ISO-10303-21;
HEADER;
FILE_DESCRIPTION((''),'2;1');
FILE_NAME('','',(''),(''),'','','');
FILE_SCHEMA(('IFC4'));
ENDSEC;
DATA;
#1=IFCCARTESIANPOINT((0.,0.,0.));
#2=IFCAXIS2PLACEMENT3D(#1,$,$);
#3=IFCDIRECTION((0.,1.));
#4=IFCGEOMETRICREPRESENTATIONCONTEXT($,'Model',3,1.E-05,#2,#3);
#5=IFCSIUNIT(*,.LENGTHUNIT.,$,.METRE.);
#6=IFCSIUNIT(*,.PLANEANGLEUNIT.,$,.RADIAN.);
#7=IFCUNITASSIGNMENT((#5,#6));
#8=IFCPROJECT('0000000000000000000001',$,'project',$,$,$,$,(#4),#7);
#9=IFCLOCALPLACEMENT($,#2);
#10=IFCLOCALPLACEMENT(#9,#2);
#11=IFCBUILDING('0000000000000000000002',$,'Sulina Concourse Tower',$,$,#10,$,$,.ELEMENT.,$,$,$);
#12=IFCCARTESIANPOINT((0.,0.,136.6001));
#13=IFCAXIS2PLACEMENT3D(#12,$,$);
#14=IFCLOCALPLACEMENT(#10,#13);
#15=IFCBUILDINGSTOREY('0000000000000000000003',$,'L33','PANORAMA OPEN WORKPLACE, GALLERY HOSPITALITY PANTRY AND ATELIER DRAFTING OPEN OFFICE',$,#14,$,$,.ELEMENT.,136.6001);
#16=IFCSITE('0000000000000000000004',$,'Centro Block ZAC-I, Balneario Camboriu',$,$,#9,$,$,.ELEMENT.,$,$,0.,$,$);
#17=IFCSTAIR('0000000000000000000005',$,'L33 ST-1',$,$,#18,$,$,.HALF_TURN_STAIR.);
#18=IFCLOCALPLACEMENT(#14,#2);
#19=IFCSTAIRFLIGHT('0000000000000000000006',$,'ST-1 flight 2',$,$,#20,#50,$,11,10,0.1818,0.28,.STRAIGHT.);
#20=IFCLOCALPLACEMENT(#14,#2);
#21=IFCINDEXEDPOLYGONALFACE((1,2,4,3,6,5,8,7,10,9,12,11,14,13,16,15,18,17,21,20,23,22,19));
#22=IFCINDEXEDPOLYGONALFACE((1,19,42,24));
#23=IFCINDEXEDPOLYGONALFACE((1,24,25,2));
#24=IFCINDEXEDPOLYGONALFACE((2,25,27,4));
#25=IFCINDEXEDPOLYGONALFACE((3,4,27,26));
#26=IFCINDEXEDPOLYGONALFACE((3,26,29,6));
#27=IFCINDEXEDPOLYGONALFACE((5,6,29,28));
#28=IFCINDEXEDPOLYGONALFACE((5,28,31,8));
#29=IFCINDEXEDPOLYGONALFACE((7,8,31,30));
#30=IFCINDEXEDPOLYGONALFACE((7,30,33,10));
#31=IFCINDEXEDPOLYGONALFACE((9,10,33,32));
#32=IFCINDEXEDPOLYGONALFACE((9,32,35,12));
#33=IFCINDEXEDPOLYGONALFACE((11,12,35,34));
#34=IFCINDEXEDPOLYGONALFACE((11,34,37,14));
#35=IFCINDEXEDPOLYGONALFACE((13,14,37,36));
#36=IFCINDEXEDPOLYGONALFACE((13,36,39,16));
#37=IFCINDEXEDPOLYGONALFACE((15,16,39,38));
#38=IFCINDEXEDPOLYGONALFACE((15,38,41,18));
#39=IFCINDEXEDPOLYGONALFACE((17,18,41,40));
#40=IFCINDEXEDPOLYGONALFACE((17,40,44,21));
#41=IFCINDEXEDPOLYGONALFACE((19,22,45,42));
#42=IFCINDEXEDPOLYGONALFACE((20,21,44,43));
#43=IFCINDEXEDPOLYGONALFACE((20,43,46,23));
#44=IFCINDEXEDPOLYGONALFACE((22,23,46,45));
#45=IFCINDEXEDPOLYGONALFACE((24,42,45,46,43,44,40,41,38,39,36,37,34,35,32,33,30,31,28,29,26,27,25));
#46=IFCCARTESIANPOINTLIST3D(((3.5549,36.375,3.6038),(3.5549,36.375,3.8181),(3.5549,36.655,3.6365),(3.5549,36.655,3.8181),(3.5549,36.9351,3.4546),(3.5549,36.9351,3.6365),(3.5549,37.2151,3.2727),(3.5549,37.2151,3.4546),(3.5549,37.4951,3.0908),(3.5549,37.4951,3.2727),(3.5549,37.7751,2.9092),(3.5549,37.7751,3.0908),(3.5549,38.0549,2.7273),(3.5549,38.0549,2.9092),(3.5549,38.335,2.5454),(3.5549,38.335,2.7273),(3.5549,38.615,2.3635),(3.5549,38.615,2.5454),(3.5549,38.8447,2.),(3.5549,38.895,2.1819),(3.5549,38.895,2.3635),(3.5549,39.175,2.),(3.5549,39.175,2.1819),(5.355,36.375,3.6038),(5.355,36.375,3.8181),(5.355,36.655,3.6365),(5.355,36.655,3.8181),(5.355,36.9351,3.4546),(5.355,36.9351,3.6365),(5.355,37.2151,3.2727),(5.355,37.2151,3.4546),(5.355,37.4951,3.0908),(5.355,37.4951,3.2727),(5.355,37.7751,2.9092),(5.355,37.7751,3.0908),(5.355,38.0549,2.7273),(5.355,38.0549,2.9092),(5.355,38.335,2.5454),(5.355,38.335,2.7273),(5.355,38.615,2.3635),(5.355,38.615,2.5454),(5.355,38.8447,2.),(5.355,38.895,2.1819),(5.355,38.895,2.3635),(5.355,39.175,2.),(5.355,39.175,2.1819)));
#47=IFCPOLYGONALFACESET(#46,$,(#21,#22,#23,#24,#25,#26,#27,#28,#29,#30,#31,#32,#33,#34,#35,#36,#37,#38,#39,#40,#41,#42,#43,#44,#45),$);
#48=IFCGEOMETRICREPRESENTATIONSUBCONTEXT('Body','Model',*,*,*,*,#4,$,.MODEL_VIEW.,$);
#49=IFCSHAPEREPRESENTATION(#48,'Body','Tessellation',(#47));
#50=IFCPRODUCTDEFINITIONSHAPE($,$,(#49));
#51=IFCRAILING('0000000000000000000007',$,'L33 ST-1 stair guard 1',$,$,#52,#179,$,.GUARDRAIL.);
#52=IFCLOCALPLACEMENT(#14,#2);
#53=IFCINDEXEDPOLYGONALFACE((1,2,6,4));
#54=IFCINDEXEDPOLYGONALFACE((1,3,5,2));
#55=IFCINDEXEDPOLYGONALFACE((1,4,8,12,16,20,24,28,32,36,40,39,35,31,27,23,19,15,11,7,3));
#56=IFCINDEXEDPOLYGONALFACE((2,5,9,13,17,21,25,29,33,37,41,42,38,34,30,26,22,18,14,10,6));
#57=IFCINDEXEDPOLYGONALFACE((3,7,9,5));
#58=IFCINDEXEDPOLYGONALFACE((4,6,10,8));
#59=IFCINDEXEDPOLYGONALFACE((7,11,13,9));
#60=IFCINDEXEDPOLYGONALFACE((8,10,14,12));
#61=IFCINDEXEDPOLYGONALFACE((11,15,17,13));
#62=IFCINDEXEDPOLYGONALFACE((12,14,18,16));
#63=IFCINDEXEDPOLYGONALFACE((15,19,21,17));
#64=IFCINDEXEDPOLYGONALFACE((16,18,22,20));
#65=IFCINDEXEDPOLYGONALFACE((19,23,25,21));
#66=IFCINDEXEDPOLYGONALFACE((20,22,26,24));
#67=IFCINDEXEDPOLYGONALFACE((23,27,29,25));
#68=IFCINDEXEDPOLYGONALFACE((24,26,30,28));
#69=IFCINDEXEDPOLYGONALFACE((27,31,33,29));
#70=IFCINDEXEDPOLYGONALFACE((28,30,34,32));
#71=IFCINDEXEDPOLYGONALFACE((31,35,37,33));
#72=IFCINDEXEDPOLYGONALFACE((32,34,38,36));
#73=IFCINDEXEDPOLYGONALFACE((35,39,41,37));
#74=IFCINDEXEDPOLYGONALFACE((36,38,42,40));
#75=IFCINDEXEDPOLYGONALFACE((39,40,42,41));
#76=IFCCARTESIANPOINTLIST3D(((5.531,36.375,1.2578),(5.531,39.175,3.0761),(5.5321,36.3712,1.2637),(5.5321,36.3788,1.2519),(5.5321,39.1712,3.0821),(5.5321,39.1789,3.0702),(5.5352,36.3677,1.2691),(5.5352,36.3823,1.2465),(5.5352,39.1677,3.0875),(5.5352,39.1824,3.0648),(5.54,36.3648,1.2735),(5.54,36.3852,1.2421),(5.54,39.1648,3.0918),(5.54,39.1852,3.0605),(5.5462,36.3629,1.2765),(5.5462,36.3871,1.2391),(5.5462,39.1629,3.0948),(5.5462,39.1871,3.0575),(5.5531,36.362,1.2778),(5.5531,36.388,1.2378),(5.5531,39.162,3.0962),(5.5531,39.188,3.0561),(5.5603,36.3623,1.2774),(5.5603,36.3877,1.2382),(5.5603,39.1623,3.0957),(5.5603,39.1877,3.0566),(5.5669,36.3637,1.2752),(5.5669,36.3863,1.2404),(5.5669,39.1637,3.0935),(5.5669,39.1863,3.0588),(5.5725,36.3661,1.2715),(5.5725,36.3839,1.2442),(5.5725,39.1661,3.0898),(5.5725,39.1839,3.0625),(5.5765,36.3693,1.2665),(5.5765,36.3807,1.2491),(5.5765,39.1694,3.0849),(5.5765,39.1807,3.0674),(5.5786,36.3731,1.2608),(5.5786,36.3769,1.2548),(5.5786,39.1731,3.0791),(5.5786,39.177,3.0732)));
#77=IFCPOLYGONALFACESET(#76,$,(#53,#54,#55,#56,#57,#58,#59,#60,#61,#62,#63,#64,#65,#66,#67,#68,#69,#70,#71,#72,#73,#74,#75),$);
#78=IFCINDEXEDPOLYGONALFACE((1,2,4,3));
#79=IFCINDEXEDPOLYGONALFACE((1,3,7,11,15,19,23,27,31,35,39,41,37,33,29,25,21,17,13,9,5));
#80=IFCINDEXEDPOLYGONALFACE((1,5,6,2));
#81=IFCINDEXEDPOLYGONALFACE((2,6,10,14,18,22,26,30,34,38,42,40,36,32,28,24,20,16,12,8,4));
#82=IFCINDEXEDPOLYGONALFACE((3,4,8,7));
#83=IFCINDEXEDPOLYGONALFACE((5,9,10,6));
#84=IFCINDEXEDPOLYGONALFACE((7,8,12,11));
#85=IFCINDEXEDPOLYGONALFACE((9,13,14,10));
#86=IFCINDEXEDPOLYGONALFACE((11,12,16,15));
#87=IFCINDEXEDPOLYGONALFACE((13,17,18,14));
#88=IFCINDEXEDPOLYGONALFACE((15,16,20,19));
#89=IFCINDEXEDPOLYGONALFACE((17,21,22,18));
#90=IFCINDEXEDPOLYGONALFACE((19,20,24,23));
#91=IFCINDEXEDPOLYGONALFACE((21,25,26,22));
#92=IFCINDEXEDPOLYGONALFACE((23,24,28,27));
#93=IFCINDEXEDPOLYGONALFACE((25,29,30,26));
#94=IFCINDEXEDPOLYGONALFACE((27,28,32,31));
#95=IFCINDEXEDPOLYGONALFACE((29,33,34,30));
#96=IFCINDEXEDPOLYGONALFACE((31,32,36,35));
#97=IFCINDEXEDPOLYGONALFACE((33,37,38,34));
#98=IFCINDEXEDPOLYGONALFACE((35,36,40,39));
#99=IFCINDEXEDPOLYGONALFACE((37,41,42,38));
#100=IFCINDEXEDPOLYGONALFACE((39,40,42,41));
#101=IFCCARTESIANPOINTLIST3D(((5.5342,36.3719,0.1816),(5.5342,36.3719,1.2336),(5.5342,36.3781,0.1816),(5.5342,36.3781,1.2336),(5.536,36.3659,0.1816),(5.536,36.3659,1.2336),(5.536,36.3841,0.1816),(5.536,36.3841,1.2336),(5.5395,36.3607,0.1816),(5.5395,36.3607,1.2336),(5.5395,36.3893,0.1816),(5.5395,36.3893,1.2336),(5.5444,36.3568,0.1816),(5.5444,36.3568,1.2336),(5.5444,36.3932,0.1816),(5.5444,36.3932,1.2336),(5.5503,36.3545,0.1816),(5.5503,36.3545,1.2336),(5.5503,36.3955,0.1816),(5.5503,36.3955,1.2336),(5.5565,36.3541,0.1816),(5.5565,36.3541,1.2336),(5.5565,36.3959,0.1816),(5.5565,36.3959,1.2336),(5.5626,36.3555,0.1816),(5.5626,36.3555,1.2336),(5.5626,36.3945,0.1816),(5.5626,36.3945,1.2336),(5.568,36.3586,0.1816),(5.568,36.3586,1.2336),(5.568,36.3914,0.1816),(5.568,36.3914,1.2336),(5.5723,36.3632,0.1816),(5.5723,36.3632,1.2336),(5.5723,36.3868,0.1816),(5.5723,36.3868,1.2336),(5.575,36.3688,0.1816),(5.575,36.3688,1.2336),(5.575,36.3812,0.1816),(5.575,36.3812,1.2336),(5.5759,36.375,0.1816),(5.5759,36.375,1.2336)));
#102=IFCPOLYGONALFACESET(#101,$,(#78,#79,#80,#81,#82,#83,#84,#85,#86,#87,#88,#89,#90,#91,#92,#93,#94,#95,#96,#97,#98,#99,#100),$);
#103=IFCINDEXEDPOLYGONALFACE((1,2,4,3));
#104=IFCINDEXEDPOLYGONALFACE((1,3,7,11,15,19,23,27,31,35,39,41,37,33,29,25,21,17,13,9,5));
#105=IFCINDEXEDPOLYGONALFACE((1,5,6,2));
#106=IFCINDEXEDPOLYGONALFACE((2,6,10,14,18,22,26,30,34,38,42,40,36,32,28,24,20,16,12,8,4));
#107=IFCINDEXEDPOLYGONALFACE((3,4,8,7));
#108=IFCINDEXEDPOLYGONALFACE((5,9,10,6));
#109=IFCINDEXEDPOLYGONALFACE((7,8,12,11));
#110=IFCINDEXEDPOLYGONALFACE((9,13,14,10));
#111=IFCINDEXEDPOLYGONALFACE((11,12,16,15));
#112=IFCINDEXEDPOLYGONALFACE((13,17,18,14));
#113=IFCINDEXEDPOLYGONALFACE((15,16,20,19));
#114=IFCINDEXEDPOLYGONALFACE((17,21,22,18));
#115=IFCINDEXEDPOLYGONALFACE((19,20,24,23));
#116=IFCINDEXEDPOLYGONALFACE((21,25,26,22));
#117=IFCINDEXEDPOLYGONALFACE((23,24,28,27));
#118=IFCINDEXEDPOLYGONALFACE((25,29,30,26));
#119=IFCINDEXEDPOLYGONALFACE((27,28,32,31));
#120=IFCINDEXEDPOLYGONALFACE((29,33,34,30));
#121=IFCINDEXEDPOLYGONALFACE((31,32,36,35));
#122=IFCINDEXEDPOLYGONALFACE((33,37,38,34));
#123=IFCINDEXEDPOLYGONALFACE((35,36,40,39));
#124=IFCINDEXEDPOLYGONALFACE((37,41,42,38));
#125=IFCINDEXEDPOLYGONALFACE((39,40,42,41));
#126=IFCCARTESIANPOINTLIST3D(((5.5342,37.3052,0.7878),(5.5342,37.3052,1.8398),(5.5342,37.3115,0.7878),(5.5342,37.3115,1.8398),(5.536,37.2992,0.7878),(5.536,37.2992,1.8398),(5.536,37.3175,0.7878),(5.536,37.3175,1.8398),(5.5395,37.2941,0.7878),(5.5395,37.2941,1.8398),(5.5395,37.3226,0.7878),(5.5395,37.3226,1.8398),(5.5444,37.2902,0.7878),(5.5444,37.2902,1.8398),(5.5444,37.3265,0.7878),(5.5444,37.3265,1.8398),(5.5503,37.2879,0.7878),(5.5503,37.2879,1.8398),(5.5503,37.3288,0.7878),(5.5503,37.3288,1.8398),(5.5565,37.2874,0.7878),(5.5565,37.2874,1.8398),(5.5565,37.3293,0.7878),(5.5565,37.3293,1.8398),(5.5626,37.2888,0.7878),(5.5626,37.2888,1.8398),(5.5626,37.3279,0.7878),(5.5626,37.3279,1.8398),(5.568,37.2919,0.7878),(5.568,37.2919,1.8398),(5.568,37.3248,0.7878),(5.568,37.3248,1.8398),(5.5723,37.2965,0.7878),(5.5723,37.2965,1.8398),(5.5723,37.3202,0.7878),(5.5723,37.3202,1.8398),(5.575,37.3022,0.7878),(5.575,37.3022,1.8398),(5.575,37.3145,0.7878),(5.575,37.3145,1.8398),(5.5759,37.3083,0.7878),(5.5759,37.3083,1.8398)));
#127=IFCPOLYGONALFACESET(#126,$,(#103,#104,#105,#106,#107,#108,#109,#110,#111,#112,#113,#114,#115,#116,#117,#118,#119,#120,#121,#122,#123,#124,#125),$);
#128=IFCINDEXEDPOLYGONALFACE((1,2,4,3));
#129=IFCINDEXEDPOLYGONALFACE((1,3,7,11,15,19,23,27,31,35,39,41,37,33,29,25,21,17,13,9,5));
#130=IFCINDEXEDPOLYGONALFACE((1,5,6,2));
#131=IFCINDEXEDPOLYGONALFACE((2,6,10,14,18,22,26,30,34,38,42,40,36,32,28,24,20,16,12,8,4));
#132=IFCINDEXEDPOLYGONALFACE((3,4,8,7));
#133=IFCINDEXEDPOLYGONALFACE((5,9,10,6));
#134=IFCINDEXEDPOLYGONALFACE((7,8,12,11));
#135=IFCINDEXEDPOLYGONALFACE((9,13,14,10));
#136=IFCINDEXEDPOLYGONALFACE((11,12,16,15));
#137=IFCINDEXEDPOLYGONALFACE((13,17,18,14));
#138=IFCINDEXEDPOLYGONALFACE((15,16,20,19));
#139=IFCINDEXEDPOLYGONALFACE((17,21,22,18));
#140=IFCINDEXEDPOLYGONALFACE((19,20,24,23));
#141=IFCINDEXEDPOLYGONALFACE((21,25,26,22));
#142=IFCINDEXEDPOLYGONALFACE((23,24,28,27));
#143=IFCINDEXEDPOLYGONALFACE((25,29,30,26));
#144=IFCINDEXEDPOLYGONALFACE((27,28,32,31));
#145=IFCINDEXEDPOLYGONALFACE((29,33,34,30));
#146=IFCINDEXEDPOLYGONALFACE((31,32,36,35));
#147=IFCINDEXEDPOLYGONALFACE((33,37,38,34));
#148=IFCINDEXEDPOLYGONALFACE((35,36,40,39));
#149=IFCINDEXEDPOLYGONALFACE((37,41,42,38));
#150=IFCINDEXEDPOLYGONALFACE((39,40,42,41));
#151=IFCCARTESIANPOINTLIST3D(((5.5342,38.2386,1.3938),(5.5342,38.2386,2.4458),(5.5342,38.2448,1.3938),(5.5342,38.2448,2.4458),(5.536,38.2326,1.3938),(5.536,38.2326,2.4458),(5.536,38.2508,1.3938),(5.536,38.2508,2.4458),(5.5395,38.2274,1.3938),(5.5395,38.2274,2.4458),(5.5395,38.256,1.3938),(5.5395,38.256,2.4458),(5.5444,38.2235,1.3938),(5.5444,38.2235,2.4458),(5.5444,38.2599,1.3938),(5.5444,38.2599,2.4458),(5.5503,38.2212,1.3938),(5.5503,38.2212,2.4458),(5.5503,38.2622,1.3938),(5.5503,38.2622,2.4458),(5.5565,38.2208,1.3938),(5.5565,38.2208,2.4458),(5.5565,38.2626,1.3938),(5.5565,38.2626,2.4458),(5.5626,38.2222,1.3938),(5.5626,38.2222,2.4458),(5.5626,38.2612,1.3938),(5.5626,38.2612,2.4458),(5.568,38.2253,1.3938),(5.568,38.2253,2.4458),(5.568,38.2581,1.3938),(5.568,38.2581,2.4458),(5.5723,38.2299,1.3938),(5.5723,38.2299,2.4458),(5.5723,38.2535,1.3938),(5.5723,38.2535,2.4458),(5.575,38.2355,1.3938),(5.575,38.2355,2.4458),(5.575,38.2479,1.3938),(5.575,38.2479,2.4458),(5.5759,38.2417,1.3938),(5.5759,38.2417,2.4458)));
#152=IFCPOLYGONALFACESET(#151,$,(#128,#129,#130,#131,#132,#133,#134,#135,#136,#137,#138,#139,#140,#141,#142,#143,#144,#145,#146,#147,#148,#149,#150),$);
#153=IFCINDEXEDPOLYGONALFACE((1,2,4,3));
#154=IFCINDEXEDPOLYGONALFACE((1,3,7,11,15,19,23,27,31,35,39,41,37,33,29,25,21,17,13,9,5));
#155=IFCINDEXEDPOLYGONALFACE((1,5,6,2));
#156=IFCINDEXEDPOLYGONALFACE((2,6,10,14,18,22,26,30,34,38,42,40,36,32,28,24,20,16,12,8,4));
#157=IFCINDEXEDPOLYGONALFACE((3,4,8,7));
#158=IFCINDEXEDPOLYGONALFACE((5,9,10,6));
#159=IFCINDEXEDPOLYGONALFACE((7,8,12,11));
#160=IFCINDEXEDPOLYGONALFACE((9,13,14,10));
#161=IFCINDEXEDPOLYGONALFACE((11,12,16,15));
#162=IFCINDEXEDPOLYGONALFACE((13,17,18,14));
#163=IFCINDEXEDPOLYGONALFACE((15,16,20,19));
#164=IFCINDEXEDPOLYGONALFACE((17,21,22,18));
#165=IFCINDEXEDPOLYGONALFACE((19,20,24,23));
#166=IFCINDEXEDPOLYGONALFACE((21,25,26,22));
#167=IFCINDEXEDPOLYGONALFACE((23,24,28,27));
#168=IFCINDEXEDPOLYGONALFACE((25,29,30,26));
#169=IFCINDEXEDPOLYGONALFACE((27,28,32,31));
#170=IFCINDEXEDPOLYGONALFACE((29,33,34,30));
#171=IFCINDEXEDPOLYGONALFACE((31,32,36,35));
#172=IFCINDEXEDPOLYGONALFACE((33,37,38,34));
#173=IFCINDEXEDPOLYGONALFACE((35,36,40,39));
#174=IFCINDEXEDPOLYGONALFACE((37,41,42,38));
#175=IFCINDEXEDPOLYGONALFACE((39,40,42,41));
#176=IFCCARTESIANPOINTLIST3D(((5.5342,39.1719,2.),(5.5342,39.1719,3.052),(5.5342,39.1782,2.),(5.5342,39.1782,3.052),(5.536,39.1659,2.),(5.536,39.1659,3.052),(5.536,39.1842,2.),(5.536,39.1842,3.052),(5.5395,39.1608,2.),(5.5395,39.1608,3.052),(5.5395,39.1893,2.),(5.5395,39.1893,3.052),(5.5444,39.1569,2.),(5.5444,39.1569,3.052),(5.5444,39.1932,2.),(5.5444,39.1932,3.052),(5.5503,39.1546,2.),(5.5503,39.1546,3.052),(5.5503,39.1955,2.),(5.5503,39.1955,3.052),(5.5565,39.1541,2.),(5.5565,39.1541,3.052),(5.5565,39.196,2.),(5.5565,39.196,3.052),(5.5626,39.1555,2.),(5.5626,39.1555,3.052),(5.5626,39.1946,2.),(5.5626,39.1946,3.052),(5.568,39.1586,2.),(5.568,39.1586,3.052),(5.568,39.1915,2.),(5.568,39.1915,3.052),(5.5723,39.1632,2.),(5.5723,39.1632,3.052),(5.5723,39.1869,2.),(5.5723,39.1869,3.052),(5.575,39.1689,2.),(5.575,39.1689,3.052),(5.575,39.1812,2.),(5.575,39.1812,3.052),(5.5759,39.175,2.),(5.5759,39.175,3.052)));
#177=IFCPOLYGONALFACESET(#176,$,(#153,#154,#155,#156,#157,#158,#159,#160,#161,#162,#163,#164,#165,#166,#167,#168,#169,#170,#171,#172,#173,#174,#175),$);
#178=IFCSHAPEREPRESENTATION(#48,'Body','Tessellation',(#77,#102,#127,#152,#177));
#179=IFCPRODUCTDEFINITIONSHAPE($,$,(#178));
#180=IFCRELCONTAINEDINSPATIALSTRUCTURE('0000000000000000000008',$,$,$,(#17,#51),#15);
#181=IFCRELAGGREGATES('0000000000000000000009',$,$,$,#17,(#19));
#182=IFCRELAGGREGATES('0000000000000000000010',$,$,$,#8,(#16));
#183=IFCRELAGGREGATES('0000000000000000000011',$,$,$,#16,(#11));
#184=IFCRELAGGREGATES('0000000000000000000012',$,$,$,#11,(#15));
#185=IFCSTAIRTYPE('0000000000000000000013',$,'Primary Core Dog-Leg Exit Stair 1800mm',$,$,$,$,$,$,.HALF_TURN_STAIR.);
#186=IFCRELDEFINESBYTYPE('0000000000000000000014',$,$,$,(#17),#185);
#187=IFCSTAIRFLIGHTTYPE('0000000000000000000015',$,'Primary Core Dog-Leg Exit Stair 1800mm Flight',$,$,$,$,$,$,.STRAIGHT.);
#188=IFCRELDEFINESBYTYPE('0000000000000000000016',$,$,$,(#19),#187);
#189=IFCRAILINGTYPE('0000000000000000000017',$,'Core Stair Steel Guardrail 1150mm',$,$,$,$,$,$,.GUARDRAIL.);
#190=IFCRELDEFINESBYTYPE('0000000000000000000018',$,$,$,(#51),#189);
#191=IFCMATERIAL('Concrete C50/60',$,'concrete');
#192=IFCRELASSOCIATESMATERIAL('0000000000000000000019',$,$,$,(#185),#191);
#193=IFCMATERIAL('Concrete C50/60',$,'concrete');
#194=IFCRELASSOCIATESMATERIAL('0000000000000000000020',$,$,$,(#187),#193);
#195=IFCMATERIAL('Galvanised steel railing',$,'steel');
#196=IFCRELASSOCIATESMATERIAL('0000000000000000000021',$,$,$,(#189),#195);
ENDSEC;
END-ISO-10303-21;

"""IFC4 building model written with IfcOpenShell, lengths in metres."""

from ifc_helpers import new_model, si_unit, direction, frame, origin, origin_2d, place, context, subcontext, project, spatial, polyline, circle, outline, extrude, material, type_object, element, aggregate, save


model = new_model("IFC4")

# Units and contexts
model_context = context("Model", 3, precision=1e-05, world=origin(), true_north=direction((0.0, 1.0)))
body_context = subcontext(model_context, "Body", "Model", "MODEL_VIEW")
ifc_project = project(units=[si_unit("LENGTHUNIT", "METRE"), si_unit("PLANEANGLEUNIT", "RADIAN")], contexts=[model_context])

# Site, building, storey
site_placement = place(None, origin())
site = spatial("IfcSite", under=ifc_project, at=site_placement, Name="Centro Block ZAC-I, Balneario Camboriu", CompositionType="ELEMENT", RefElevation=0.0)
building_placement = place(site_placement, origin())
building = spatial("IfcBuilding", under=site, at=building_placement, Name="Sulina Concourse Tower", CompositionType="ELEMENT")
storey_placement = place(building_placement, frame((0.0, 0.0, 136.6001)))
storey = spatial("IfcBuildingStorey", under=building, at=storey_placement, Name="L33", Description="PANORAMA OPEN WORKPLACE, GALLERY HOSPITALITY PANTRY AND ATELIER DRAFTING OPEN OFFICE", CompositionType="ELEMENT", Elevation=136.6001)

# Stair, stair flight
ifc_material_1 = material(Name="Concrete C50/60", Category="concrete")
stair_type = type_object("IfcStairType", Name="Primary Core Dog-Leg Exit Stair 1800mm", PredefinedType="HALF_TURN_STAIR", material=ifc_material_1)
stair_placement = place(storey_placement, origin())
stair = element("IfcStair", 1, at=stair_placement, inside=storey, type_object=stair_type, Name="L33 ST-1", PredefinedType="HALF_TURN_STAIR")
ifc_material_2 = material(Name="Concrete C50/60", Category="concrete")
stair_flight_type = type_object("IfcStairFlightType", Name="Primary Core Dog-Leg Exit Stair 1800mm Flight", PredefinedType="STRAIGHT", material=ifc_material_2)
stair_flight_1_placement = place(storey_placement, frame((4.4551, 39.175, 2.0), z_axis=(0.0, 0.0, 1.0), x_axis=(0.0, -1.0, 0.0)))
stair_flight_1 = element("IfcStairFlight", 2, at=stair_flight_1_placement, type_object=stair_flight_type, Name="ST-1 flight 2", NumberOfRisers=11, NumberOfTreads=10, PredefinedType="STRAIGHT", RiserHeight=0.1818, TreadLength=0.28, context=body_context, shape_type="SweptSolid", body=[
    extrude(outline(polyline([(0.0, 0.0), (0.0, 0.1819), (0.28, 0.1819), (0.28, 0.3635), (0.5601, 0.3635), (0.5601, 0.5454), (0.8401, 0.5454), (0.8401, 0.7273), (1.1201, 0.7273), (1.1201, 0.9092), (1.3999, 0.9092), (1.3999, 1.0908), (1.6799, 1.0908), (1.6799, 1.2727), (1.96, 1.2727), (1.96, 1.4546), (2.24, 1.4546), (2.24, 1.6365), (2.52, 1.6365), (2.52, 1.8181), (2.8, 1.8181), (2.8, 2.0), (2.8, 1.6038), (0.3303, 0.0), (0.0, 0.0)])), frame((0.0, 0.8999, 0.0), z_axis=(0.0, -1.0, 0.0), x_axis=(1.0, 0.0, 0.0)), (0.0, 0.0, 1.0), 1.8),
])
aggregate(stair, [stair_flight_1])

# Railing
ifc_material_3 = material(Name="Galvanised steel railing", Category="steel")
railing_type_1 = type_object("IfcRailingType", Name="Core Stair Steel Guardrail 1150mm", PredefinedType="GUARDRAIL", material=ifc_material_3)
railing_1_placement = place(storey_placement, frame((5.5549, 36.375, 0.1816)))
element("IfcRailing", 3, at=railing_1_placement, inside=storey, type_object=railing_type_1, Name="L33 ST-1 stair guard 1", PredefinedType="GUARDRAIL", context=body_context, shape_type="SweptSolid", body=[
    extrude(circle(Radius=0.0239, at=origin_2d()), frame((0.0, 0.0, 1.0762), z_axis=(0.0, 0.838672, 0.544636), x_axis=(-1.0, 0.0, 0.0)), (0.0, 0.0, 1.0), 3.3386),
    extrude(circle(Radius=0.021, at=origin_2d()), origin(), (0.0, 0.0, 1.0), 1.052),
    extrude(circle(Radius=0.021, at=origin_2d()), frame((0.0, 0.9333, 0.6062)), (0.0, 0.0, 1.0), 1.052),
    extrude(circle(Radius=0.021, at=origin_2d()), frame((0.0, 1.8667, 1.2122)), (0.0, 0.0, 1.0), 1.052),
    extrude(circle(Radius=0.021, at=origin_2d()), frame((0.0, 2.8, 1.8184)), (0.0, 0.0, 1.0), 1.052),
])

save(model, "model.ifc")
